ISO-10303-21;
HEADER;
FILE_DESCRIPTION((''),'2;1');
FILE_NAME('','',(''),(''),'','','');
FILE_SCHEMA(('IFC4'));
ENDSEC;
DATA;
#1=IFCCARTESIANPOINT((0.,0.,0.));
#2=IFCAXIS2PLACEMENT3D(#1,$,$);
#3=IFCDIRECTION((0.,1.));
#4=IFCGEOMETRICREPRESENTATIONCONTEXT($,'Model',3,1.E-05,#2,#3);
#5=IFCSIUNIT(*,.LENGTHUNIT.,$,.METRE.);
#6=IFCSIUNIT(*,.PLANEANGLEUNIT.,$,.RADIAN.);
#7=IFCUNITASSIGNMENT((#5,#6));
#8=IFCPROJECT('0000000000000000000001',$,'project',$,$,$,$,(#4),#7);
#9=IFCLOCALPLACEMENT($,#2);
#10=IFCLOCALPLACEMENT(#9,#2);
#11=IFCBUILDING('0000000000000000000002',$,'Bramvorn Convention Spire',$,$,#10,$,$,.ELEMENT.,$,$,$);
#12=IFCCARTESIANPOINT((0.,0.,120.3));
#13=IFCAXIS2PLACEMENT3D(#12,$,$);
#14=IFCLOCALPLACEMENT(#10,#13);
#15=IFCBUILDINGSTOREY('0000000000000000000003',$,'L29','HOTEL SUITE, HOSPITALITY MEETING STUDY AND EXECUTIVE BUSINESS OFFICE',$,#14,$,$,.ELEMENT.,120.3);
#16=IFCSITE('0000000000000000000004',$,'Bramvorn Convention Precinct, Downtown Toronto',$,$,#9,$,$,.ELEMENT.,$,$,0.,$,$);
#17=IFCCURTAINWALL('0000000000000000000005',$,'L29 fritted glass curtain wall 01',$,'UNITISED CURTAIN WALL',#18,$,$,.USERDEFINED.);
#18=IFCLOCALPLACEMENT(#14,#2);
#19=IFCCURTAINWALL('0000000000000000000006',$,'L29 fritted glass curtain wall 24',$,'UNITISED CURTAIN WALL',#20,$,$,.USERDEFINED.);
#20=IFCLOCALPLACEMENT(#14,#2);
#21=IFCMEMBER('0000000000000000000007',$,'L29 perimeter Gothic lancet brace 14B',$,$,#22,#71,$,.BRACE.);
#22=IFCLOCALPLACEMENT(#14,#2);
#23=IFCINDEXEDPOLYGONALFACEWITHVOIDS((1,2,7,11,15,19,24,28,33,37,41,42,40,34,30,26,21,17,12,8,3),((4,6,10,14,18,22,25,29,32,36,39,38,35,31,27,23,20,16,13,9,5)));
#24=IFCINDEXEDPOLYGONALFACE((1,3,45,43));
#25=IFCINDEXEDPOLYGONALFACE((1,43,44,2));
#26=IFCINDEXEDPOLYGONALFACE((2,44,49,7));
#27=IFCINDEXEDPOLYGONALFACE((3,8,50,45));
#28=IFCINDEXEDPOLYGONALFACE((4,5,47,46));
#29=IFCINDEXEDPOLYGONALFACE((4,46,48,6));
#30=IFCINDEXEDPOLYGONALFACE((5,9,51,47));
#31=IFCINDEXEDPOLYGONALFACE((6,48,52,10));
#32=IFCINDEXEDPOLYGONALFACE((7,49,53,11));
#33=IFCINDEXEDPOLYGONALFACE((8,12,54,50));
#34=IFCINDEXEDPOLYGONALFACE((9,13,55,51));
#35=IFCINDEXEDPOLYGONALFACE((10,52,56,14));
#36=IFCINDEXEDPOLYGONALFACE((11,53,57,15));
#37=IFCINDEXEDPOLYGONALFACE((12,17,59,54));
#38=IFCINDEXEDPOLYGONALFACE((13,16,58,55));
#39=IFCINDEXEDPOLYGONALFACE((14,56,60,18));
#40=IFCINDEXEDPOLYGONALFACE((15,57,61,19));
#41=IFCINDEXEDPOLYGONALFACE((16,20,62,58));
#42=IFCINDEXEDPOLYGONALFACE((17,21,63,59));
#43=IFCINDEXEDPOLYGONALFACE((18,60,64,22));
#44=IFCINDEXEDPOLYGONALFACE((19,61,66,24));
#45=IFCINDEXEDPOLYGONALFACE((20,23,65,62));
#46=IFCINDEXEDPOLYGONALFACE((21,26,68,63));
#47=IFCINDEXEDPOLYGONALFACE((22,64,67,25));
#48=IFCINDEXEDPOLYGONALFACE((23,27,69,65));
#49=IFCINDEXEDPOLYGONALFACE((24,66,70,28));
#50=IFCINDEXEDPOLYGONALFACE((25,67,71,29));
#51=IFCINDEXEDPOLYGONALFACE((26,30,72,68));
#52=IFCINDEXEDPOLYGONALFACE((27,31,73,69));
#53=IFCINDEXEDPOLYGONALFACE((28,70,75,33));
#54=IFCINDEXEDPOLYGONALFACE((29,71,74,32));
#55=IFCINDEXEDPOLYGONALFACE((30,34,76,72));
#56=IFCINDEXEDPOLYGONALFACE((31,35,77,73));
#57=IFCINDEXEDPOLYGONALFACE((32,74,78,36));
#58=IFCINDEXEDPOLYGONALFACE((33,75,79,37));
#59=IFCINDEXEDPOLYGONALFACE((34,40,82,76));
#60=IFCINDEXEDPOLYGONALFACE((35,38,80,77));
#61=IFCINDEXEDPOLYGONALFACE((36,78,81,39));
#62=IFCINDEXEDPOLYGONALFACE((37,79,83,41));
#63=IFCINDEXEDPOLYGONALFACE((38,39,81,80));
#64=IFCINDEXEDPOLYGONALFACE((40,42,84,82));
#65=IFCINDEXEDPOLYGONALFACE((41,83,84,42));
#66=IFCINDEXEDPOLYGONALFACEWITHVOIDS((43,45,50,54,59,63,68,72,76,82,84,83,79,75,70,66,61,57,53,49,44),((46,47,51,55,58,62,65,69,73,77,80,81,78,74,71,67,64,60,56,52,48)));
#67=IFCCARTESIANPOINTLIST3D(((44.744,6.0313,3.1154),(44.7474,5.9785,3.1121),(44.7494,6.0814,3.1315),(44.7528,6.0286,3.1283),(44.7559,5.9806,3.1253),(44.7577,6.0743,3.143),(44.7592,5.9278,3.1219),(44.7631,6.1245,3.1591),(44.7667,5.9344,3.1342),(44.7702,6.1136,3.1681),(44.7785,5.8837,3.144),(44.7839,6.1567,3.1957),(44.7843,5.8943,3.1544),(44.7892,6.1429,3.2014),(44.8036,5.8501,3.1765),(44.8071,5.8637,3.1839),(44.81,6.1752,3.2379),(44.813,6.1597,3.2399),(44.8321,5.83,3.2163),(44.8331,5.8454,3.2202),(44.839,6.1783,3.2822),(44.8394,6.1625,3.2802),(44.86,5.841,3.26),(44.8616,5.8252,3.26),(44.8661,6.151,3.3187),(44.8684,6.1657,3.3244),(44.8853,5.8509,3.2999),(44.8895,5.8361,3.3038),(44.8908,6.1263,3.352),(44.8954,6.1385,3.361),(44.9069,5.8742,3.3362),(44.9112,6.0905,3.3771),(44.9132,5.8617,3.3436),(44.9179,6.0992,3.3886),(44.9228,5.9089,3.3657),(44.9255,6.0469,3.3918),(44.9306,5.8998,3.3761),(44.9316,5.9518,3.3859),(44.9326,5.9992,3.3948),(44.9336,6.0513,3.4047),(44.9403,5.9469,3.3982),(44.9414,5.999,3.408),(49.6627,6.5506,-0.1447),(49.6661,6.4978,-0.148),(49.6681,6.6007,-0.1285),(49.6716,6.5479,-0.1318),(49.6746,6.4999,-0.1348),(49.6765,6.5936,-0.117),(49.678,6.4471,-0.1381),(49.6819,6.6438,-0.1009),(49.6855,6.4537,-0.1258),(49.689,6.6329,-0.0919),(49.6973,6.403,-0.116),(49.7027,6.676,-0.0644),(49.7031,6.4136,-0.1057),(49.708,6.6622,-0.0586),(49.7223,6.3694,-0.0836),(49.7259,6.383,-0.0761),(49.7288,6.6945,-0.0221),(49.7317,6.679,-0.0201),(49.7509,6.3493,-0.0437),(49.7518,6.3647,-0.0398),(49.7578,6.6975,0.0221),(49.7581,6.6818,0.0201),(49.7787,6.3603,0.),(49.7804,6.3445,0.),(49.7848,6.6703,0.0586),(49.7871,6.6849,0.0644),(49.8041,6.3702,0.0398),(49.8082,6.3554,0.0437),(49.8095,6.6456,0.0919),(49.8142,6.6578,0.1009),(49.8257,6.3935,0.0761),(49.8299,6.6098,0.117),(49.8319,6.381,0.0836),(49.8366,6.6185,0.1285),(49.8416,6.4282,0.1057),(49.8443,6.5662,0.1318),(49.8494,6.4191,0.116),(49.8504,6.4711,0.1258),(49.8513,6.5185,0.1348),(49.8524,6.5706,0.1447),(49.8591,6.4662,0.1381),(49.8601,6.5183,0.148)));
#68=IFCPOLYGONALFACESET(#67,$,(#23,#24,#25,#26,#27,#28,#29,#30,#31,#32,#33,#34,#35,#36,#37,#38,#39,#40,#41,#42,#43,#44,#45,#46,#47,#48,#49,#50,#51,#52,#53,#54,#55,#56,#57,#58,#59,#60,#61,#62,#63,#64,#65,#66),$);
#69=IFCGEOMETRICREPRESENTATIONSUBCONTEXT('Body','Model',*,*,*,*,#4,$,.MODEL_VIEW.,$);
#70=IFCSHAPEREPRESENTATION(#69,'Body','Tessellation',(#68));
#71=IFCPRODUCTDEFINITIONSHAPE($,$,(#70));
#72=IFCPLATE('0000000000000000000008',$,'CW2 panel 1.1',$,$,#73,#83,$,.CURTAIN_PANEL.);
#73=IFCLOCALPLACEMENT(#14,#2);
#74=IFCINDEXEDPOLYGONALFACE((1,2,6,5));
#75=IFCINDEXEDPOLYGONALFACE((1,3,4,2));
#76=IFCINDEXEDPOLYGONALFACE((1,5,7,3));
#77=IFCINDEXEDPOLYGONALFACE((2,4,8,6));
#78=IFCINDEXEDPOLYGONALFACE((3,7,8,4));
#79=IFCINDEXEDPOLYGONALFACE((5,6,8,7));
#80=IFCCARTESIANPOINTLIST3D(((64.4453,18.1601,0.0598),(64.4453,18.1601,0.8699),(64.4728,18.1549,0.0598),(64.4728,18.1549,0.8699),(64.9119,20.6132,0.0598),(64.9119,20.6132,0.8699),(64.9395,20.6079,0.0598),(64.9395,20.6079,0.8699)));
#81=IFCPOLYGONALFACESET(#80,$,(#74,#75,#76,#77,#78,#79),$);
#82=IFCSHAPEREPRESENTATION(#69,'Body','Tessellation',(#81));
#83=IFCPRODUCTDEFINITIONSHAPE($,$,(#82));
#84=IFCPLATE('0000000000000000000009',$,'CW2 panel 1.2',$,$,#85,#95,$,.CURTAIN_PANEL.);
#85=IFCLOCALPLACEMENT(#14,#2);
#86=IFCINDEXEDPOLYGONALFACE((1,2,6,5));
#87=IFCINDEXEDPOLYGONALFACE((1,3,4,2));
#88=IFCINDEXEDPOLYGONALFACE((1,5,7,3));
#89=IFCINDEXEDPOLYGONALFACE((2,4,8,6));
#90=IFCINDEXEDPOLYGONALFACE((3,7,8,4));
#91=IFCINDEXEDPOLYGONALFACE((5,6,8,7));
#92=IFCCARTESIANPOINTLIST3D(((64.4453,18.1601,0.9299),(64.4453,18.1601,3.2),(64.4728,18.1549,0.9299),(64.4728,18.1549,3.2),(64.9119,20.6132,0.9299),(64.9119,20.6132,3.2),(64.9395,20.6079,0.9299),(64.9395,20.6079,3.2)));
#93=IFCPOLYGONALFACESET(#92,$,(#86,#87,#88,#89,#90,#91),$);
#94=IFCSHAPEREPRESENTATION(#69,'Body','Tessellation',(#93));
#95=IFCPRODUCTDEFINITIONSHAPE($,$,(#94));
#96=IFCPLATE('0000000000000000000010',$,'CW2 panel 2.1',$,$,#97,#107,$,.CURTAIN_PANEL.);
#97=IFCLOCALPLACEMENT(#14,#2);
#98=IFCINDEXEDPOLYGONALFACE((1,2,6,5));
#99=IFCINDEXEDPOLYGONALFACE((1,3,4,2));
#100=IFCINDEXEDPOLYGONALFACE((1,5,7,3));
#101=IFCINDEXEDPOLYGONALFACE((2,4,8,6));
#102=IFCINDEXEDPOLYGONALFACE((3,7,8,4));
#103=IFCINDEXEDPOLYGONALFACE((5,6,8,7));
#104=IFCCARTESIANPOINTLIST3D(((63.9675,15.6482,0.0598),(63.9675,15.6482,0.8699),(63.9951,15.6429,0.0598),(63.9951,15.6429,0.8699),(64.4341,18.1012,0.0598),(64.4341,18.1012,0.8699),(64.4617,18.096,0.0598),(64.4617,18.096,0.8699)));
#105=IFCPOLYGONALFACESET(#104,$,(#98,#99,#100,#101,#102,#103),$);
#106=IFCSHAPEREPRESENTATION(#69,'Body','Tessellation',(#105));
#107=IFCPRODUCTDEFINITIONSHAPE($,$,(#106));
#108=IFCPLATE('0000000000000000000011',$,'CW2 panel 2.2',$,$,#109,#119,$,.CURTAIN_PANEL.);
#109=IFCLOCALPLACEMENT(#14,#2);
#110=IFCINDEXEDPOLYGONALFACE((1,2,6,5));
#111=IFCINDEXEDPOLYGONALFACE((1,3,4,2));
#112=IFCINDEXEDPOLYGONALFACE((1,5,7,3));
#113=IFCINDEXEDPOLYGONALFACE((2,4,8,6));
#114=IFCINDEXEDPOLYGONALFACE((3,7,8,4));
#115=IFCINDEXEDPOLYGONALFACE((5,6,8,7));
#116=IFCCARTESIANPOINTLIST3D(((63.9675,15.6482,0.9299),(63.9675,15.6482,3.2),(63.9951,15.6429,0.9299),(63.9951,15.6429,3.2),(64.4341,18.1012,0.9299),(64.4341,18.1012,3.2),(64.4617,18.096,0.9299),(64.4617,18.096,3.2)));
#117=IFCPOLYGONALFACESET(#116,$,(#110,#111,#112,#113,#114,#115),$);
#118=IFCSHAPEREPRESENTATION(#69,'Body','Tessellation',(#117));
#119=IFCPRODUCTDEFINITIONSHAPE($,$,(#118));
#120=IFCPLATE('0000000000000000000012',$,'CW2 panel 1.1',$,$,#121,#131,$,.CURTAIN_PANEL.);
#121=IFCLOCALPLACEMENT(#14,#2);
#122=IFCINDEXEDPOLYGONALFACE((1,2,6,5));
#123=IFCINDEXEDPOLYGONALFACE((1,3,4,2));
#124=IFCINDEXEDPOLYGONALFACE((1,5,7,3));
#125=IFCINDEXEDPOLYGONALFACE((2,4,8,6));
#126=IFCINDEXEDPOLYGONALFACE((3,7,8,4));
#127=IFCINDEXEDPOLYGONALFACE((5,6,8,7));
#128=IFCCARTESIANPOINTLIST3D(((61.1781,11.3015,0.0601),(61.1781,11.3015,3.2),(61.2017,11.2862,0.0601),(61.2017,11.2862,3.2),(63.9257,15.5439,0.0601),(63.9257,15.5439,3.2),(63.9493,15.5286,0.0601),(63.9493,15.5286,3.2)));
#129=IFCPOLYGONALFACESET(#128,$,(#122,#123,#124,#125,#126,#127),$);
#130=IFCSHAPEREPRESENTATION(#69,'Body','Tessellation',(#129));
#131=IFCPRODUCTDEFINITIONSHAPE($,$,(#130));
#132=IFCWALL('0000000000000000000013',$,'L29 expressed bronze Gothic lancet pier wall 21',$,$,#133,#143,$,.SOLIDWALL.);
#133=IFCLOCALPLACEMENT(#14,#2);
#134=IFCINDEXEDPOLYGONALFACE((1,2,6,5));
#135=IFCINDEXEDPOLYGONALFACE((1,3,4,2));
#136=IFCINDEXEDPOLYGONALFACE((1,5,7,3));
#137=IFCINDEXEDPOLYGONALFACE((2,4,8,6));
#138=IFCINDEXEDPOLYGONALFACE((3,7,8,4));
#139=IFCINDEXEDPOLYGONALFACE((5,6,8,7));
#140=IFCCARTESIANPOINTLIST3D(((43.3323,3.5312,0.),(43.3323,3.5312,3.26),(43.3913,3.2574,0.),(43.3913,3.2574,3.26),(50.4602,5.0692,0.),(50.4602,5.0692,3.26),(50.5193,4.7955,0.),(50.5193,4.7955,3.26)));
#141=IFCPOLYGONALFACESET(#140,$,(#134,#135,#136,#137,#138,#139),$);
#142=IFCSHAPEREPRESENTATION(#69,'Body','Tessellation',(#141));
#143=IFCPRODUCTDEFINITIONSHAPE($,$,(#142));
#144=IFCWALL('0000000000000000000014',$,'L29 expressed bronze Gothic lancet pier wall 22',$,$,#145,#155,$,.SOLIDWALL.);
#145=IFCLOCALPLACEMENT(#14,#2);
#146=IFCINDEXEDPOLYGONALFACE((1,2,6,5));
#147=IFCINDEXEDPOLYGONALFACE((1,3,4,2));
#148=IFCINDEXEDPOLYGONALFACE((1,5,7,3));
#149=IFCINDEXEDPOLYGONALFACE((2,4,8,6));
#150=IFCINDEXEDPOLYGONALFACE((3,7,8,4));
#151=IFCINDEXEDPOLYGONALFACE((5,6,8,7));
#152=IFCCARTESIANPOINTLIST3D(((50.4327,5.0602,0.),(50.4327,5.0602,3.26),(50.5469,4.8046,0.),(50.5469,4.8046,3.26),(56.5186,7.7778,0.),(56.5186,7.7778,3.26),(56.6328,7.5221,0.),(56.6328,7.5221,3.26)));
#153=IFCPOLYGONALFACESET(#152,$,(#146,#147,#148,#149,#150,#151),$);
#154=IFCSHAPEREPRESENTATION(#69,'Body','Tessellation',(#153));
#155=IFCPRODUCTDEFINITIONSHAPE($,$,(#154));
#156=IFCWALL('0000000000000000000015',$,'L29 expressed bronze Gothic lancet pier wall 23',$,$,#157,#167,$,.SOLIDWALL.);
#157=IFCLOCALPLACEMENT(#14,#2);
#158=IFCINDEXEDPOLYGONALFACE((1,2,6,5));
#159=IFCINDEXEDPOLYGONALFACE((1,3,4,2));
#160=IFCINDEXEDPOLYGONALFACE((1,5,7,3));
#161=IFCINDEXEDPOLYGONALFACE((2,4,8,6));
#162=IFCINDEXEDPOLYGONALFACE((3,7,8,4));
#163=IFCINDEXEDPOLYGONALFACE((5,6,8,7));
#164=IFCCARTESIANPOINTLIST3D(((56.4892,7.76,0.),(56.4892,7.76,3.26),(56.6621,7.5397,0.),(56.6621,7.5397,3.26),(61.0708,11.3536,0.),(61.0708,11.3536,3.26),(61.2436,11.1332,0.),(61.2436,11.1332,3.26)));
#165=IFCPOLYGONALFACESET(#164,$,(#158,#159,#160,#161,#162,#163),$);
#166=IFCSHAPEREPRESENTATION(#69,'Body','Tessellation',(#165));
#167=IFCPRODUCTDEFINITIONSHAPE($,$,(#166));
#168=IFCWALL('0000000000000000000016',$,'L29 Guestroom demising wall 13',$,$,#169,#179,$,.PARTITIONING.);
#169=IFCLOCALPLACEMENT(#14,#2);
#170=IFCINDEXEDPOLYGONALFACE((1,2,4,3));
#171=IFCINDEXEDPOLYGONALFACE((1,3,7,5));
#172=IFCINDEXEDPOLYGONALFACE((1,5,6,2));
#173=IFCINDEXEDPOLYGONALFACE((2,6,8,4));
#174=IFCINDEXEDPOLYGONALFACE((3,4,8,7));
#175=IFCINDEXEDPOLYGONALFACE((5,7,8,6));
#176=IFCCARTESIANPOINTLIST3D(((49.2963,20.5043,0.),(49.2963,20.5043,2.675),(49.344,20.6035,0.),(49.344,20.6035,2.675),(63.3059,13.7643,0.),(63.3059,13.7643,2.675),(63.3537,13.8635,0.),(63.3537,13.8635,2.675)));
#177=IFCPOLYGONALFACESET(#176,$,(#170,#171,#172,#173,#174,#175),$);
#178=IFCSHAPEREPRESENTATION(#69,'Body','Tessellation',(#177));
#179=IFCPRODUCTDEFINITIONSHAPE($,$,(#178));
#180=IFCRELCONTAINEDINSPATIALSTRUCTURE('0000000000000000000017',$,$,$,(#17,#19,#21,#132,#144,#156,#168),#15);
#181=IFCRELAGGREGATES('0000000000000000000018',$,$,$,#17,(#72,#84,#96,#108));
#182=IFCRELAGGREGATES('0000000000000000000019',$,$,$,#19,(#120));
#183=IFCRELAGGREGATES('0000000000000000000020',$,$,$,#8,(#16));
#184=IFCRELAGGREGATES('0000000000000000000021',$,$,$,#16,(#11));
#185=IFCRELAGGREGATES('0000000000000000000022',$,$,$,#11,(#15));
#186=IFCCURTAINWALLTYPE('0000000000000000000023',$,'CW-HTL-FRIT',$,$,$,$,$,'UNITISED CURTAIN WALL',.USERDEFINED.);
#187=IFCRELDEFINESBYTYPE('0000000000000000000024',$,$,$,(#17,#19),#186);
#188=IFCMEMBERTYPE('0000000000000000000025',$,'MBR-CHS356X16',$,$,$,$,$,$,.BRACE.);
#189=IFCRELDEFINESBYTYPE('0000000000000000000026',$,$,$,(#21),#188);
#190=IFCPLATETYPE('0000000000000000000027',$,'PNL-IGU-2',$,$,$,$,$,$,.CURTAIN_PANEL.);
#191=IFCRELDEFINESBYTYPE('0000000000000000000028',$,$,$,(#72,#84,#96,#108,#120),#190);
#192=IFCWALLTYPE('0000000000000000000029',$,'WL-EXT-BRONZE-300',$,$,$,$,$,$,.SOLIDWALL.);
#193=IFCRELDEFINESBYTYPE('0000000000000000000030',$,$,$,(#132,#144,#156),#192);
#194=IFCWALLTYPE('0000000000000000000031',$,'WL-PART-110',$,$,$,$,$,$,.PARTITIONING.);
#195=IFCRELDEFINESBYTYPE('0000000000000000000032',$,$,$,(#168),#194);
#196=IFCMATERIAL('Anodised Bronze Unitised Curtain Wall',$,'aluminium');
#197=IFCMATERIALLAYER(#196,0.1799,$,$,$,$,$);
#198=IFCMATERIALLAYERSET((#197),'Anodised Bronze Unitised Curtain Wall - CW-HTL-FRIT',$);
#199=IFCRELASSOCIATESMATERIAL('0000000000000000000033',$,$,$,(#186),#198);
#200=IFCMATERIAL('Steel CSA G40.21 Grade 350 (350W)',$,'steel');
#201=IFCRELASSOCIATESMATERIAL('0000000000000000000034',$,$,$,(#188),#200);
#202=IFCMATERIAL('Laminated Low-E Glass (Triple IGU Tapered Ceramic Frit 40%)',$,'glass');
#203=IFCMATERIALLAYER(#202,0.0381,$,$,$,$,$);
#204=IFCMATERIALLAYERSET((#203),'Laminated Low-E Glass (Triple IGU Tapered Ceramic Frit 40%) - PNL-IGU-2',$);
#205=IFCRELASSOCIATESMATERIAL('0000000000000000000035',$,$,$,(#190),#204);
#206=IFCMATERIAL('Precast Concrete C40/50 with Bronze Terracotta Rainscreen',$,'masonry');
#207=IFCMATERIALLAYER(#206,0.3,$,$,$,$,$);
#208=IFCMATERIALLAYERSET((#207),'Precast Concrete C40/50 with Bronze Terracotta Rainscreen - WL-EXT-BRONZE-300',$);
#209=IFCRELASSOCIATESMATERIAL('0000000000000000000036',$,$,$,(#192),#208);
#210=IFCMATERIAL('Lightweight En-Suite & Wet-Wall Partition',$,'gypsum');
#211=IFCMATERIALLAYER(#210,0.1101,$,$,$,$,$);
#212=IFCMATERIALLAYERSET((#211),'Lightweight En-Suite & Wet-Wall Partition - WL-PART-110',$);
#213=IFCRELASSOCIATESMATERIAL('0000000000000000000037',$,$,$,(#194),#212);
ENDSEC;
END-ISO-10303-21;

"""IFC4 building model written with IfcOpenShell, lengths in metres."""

from ifc_helpers import new_model, si_unit, direction, frame, frame_2d, origin, origin_2d, place, context, subcontext, project, spatial, rectangle, hollow_circle, extrude, material, layer, layer_set, material_profile, profile_set, type_object, element, aggregate, save


model = new_model("IFC4")

# Units and contexts
model_context = context("Model", 3, precision=1e-05, world=origin(), true_north=direction((0.0, 1.0)))
body_context = subcontext(model_context, "Body", "Model", "MODEL_VIEW")
ifc_project = project(units=[si_unit("LENGTHUNIT", "METRE"), si_unit("PLANEANGLEUNIT", "RADIAN")], contexts=[model_context])

# Site, building, storey
site_placement = place(None, origin())
site = spatial("IfcSite", under=ifc_project, at=site_placement, Name="Bramvorn Convention Precinct, Downtown Toronto", CompositionType="ELEMENT", RefElevation=0.0)
building_placement = place(site_placement, origin())
building = spatial("IfcBuilding", under=site, at=building_placement, Name="Bramvorn Convention Spire", CompositionType="ELEMENT")
storey_placement = place(building_placement, frame((0.0, 0.0, 120.3)))
storey = spatial("IfcBuildingStorey", under=building, at=storey_placement, Name="L29", Description="HOTEL SUITE, HOSPITALITY MEETING STUDY AND EXECUTIVE BUSINESS OFFICE", CompositionType="ELEMENT", Elevation=120.3)

# Shared definitions
ifc_material_1 = material(Name="Steel CSA G40.21 Grade 350 (350W)", Category="steel")

# Curtain walls
ifc_material_2 = material(Name="Anodised Bronze Unitised Curtain Wall", Category="aluminium")
ifc_layer_1 = layer(ifc_material_2, 0.1799)
ifc_layer_set_1 = layer_set([ifc_layer_1], Name="Anodised Bronze Unitised Curtain Wall - CW-HTL-FRIT")
curtain_wall_type = type_object("IfcCurtainWallType", Name="CW-HTL-FRIT", ElementType="UNITISED CURTAIN WALL", PredefinedType="USERDEFINED", material=ifc_layer_set_1)
curtain_wall_1_placement = place(storey_placement, origin())
curtain_wall_1 = element("IfcCurtainWall", 1, at=curtain_wall_1_placement, inside=storey, type_object=curtain_wall_type, Name="L29 fritted glass curtain wall 01", ObjectType="UNITISED CURTAIN WALL", PredefinedType="USERDEFINED")
curtain_wall_2_placement = place(storey_placement, origin())
curtain_wall_2 = element("IfcCurtainWall", 2, at=curtain_wall_2_placement, inside=storey, type_object=curtain_wall_type, Name="L29 fritted glass curtain wall 24", ObjectType="UNITISED CURTAIN WALL", PredefinedType="USERDEFINED")

# Member
ifc_material_profile_1 = material_profile(ifc_material_1, hollow_circle(Radius=0.1777, WallThickness=0.0159, at=origin_2d()))
ifc_profile_set_1 = profile_set([ifc_material_profile_1], Name="Steel CSA G40.21 Grade 350 (350W) - CHS356X16")
member_type_1 = type_object("IfcMemberType", Name="MBR-CHS356X16", PredefinedType="BRACE", material=ifc_profile_set_1)
member_1_placement = place(storey_placement, frame((49.7617, 6.5212, 0.0), z_axis=(-0.830334, -0.087662, 0.550328), x_axis=(0.104991, -0.994473, 0.0)))
element("IfcMember", 3, at=member_1_placement, inside=storey, type_object=member_type_1, Name="L29 perimeter Gothic lancet brace 14B", PredefinedType="BRACE", context=body_context, shape_type="SweptSolid", body=[
    extrude(hollow_circle(Radius=0.1777, WallThickness=0.0159, at=origin_2d()), origin(), (0.0, 0.0, 1.0), 5.9238),
])

# Plates
ifc_material_3 = material(Name="Laminated Low-E Glass (Triple IGU Tapered Ceramic Frit 40%)", Category="glass")
ifc_layer_2 = layer(ifc_material_3, 0.0381)
ifc_layer_set_2 = layer_set([ifc_layer_2], Name="Laminated Low-E Glass (Triple IGU Tapered Ceramic Frit 40%) - PNL-IGU-2")
plate_type = type_object("IfcPlateType", Name="PNL-IGU-2", PredefinedType="CURTAIN_PANEL", material=ifc_layer_set_2)
plate_1_placement = place(storey_placement, frame((64.6924, 19.384, 0.0598), z_axis=(0.0, 0.0, 1.0), x_axis=(-0.186887, -0.982382, 0.0)))
plate_1 = element("IfcPlate", 4, at=plate_1_placement, type_object=plate_type, Name="CW2 panel 1.1", PredefinedType="CURTAIN_PANEL", context=body_context, shape_type="SweptSolid", body=[
    extrude(rectangle(XDim=2.4971, YDim=0.0281, at=origin_2d()), origin(), (0.0, 0.0, 1.0), 0.8101),
])
plate_2_placement = place(storey_placement, frame((64.6924, 19.384, 0.9299), z_axis=(0.0, 0.0, 1.0), x_axis=(-0.186887, -0.982382, 0.0)))
plate_2 = element("IfcPlate", 5, at=plate_2_placement, type_object=plate_type, Name="CW2 panel 1.2", PredefinedType="CURTAIN_PANEL", context=body_context, shape_type="SweptSolid", body=[
    extrude(rectangle(XDim=2.4971, YDim=0.0281, at=origin_2d()), origin(), (0.0, 0.0, 1.0), 2.27),
])
plate_3_placement = place(storey_placement, frame((64.2146, 16.8721, 0.0598), z_axis=(0.0, 0.0, 1.0), x_axis=(-0.186887, -0.982382, 0.0)))
plate_3 = element("IfcPlate", 6, at=plate_3_placement, type_object=plate_type, Name="CW2 panel 2.1", PredefinedType="CURTAIN_PANEL", context=body_context, shape_type="SweptSolid", body=[
    extrude(rectangle(XDim=2.4971, YDim=0.0281, at=origin_2d()), origin(), (0.0, 0.0, 1.0), 0.8101),
])
plate_4_placement = place(storey_placement, frame((64.2146, 16.8721, 0.9299), z_axis=(0.0, 0.0, 1.0), x_axis=(-0.186887, -0.982382, 0.0)))
plate_4 = element("IfcPlate", 7, at=plate_4_placement, type_object=plate_type, Name="CW2 panel 2.2", PredefinedType="CURTAIN_PANEL", context=body_context, shape_type="SweptSolid", body=[
    extrude(rectangle(XDim=2.4971, YDim=0.0281, at=origin_2d()), origin(), (0.0, 0.0, 1.0), 2.27),
])
aggregate(curtain_wall_1, [plate_1, plate_2, plate_3, plate_4])
plate_5_placement = place(storey_placement, frame((62.5637, 13.415, 0.0601), z_axis=(0.0, 0.0, 1.0), x_axis=(-0.5436, -0.839345, 0.0)))
plate_5 = element("IfcPlate", 8, at=plate_5_placement, type_object=plate_type, Name="CW2 panel 1.1", PredefinedType="CURTAIN_PANEL", context=body_context, shape_type="SweptSolid", body=[
    extrude(rectangle(XDim=5.0544, YDim=0.0281, at=origin_2d()), origin(), (0.0, 0.0, 1.0), 3.1399),
])
aggregate(curtain_wall_2, [plate_5])

# Walls
ifc_material_4 = material(Name="Precast Concrete C40/50 with Bronze Terracotta Rainscreen", Category="masonry")
ifc_layer_3 = layer(ifc_material_4, 0.3)
ifc_layer_set_3 = layer_set([ifc_layer_3], Name="Precast Concrete C40/50 with Bronze Terracotta Rainscreen - WL-EXT-BRONZE-300")
wall_type_1 = type_object("IfcWallType", Name="WL-EXT-BRONZE-300", PredefinedType="SOLIDWALL", material=ifc_layer_set_3)
wall_1_placement = place(storey_placement, frame((50.4897, 4.9324, 0.0), z_axis=(0.0, 0.0, 1.0), x_axis=(-0.977502, -0.210928, 0.0)))
element("IfcWall", 9, at=wall_1_placement, inside=storey, type_object=wall_type_1, Name="L29 expressed bronze Gothic lancet pier wall 21", PredefinedType="SOLIDWALL", context=body_context, shape_type="SweptSolid", body=[
    extrude(rectangle(XDim=7.292, YDim=0.28, at=frame_2d((3.646, 0.0))), origin(), (0.0, 0.0, 1.0), 3.26),
])
wall_2_placement = place(storey_placement, frame((56.5757, 7.6499, 0.0), z_axis=(0.0, 0.0, 1.0), x_axis=(-0.913105, -0.407725, 0.0)))
element("IfcWall", 10, at=wall_2_placement, inside=storey, type_object=wall_type_1, Name="L29 expressed bronze Gothic lancet pier wall 22", PredefinedType="SOLIDWALL", context=body_context, shape_type="SweptSolid", body=[
    extrude(rectangle(XDim=6.665, YDim=0.28, at=frame_2d((3.3325, 0.0))), origin(), (0.0, 0.0, 1.0), 3.26),
])
wall_3_placement = place(storey_placement, frame((61.1572, 11.2434, 0.0), z_axis=(0.0, 0.0, 1.0), x_axis=(-0.786842, -0.617155, 0.0)))
element("IfcWall", 11, at=wall_3_placement, inside=storey, type_object=wall_type_1, Name="L29 expressed bronze Gothic lancet pier wall 23", PredefinedType="SOLIDWALL", context=body_context, shape_type="SweptSolid", body=[
    extrude(rectangle(XDim=5.8228, YDim=0.28, at=frame_2d((2.9114, 0.0))), origin(), (0.0, 0.0, 1.0), 3.26),
])
ifc_material_5 = material(Name="Lightweight En-Suite & Wet-Wall Partition", Category="gypsum")
ifc_layer_4 = layer(ifc_material_5, 0.1101)
ifc_layer_set_4 = layer_set([ifc_layer_4], Name="Lightweight En-Suite & Wet-Wall Partition - WL-PART-110")
wall_type_2 = type_object("IfcWallType", Name="WL-PART-110", PredefinedType="PARTITIONING", material=ifc_layer_set_4)
wall_4_placement = place(storey_placement, frame((49.3201, 20.554, 0.0), z_axis=(0.0, 0.0, 1.0), x_axis=(0.901136, -0.433537, 0.0)))
element("IfcWall", 12, at=wall_4_placement, inside=storey, type_object=wall_type_2, Name="L29 Guestroom demising wall 13", PredefinedType="PARTITIONING", context=body_context, shape_type="SweptSolid", body=[
    extrude(rectangle(XDim=15.5466, YDim=0.1101, at=frame_2d((7.7734, 0.0))), origin(), (0.0, 0.0, 1.0), 2.675),
])

save(model, "model.ifc")
